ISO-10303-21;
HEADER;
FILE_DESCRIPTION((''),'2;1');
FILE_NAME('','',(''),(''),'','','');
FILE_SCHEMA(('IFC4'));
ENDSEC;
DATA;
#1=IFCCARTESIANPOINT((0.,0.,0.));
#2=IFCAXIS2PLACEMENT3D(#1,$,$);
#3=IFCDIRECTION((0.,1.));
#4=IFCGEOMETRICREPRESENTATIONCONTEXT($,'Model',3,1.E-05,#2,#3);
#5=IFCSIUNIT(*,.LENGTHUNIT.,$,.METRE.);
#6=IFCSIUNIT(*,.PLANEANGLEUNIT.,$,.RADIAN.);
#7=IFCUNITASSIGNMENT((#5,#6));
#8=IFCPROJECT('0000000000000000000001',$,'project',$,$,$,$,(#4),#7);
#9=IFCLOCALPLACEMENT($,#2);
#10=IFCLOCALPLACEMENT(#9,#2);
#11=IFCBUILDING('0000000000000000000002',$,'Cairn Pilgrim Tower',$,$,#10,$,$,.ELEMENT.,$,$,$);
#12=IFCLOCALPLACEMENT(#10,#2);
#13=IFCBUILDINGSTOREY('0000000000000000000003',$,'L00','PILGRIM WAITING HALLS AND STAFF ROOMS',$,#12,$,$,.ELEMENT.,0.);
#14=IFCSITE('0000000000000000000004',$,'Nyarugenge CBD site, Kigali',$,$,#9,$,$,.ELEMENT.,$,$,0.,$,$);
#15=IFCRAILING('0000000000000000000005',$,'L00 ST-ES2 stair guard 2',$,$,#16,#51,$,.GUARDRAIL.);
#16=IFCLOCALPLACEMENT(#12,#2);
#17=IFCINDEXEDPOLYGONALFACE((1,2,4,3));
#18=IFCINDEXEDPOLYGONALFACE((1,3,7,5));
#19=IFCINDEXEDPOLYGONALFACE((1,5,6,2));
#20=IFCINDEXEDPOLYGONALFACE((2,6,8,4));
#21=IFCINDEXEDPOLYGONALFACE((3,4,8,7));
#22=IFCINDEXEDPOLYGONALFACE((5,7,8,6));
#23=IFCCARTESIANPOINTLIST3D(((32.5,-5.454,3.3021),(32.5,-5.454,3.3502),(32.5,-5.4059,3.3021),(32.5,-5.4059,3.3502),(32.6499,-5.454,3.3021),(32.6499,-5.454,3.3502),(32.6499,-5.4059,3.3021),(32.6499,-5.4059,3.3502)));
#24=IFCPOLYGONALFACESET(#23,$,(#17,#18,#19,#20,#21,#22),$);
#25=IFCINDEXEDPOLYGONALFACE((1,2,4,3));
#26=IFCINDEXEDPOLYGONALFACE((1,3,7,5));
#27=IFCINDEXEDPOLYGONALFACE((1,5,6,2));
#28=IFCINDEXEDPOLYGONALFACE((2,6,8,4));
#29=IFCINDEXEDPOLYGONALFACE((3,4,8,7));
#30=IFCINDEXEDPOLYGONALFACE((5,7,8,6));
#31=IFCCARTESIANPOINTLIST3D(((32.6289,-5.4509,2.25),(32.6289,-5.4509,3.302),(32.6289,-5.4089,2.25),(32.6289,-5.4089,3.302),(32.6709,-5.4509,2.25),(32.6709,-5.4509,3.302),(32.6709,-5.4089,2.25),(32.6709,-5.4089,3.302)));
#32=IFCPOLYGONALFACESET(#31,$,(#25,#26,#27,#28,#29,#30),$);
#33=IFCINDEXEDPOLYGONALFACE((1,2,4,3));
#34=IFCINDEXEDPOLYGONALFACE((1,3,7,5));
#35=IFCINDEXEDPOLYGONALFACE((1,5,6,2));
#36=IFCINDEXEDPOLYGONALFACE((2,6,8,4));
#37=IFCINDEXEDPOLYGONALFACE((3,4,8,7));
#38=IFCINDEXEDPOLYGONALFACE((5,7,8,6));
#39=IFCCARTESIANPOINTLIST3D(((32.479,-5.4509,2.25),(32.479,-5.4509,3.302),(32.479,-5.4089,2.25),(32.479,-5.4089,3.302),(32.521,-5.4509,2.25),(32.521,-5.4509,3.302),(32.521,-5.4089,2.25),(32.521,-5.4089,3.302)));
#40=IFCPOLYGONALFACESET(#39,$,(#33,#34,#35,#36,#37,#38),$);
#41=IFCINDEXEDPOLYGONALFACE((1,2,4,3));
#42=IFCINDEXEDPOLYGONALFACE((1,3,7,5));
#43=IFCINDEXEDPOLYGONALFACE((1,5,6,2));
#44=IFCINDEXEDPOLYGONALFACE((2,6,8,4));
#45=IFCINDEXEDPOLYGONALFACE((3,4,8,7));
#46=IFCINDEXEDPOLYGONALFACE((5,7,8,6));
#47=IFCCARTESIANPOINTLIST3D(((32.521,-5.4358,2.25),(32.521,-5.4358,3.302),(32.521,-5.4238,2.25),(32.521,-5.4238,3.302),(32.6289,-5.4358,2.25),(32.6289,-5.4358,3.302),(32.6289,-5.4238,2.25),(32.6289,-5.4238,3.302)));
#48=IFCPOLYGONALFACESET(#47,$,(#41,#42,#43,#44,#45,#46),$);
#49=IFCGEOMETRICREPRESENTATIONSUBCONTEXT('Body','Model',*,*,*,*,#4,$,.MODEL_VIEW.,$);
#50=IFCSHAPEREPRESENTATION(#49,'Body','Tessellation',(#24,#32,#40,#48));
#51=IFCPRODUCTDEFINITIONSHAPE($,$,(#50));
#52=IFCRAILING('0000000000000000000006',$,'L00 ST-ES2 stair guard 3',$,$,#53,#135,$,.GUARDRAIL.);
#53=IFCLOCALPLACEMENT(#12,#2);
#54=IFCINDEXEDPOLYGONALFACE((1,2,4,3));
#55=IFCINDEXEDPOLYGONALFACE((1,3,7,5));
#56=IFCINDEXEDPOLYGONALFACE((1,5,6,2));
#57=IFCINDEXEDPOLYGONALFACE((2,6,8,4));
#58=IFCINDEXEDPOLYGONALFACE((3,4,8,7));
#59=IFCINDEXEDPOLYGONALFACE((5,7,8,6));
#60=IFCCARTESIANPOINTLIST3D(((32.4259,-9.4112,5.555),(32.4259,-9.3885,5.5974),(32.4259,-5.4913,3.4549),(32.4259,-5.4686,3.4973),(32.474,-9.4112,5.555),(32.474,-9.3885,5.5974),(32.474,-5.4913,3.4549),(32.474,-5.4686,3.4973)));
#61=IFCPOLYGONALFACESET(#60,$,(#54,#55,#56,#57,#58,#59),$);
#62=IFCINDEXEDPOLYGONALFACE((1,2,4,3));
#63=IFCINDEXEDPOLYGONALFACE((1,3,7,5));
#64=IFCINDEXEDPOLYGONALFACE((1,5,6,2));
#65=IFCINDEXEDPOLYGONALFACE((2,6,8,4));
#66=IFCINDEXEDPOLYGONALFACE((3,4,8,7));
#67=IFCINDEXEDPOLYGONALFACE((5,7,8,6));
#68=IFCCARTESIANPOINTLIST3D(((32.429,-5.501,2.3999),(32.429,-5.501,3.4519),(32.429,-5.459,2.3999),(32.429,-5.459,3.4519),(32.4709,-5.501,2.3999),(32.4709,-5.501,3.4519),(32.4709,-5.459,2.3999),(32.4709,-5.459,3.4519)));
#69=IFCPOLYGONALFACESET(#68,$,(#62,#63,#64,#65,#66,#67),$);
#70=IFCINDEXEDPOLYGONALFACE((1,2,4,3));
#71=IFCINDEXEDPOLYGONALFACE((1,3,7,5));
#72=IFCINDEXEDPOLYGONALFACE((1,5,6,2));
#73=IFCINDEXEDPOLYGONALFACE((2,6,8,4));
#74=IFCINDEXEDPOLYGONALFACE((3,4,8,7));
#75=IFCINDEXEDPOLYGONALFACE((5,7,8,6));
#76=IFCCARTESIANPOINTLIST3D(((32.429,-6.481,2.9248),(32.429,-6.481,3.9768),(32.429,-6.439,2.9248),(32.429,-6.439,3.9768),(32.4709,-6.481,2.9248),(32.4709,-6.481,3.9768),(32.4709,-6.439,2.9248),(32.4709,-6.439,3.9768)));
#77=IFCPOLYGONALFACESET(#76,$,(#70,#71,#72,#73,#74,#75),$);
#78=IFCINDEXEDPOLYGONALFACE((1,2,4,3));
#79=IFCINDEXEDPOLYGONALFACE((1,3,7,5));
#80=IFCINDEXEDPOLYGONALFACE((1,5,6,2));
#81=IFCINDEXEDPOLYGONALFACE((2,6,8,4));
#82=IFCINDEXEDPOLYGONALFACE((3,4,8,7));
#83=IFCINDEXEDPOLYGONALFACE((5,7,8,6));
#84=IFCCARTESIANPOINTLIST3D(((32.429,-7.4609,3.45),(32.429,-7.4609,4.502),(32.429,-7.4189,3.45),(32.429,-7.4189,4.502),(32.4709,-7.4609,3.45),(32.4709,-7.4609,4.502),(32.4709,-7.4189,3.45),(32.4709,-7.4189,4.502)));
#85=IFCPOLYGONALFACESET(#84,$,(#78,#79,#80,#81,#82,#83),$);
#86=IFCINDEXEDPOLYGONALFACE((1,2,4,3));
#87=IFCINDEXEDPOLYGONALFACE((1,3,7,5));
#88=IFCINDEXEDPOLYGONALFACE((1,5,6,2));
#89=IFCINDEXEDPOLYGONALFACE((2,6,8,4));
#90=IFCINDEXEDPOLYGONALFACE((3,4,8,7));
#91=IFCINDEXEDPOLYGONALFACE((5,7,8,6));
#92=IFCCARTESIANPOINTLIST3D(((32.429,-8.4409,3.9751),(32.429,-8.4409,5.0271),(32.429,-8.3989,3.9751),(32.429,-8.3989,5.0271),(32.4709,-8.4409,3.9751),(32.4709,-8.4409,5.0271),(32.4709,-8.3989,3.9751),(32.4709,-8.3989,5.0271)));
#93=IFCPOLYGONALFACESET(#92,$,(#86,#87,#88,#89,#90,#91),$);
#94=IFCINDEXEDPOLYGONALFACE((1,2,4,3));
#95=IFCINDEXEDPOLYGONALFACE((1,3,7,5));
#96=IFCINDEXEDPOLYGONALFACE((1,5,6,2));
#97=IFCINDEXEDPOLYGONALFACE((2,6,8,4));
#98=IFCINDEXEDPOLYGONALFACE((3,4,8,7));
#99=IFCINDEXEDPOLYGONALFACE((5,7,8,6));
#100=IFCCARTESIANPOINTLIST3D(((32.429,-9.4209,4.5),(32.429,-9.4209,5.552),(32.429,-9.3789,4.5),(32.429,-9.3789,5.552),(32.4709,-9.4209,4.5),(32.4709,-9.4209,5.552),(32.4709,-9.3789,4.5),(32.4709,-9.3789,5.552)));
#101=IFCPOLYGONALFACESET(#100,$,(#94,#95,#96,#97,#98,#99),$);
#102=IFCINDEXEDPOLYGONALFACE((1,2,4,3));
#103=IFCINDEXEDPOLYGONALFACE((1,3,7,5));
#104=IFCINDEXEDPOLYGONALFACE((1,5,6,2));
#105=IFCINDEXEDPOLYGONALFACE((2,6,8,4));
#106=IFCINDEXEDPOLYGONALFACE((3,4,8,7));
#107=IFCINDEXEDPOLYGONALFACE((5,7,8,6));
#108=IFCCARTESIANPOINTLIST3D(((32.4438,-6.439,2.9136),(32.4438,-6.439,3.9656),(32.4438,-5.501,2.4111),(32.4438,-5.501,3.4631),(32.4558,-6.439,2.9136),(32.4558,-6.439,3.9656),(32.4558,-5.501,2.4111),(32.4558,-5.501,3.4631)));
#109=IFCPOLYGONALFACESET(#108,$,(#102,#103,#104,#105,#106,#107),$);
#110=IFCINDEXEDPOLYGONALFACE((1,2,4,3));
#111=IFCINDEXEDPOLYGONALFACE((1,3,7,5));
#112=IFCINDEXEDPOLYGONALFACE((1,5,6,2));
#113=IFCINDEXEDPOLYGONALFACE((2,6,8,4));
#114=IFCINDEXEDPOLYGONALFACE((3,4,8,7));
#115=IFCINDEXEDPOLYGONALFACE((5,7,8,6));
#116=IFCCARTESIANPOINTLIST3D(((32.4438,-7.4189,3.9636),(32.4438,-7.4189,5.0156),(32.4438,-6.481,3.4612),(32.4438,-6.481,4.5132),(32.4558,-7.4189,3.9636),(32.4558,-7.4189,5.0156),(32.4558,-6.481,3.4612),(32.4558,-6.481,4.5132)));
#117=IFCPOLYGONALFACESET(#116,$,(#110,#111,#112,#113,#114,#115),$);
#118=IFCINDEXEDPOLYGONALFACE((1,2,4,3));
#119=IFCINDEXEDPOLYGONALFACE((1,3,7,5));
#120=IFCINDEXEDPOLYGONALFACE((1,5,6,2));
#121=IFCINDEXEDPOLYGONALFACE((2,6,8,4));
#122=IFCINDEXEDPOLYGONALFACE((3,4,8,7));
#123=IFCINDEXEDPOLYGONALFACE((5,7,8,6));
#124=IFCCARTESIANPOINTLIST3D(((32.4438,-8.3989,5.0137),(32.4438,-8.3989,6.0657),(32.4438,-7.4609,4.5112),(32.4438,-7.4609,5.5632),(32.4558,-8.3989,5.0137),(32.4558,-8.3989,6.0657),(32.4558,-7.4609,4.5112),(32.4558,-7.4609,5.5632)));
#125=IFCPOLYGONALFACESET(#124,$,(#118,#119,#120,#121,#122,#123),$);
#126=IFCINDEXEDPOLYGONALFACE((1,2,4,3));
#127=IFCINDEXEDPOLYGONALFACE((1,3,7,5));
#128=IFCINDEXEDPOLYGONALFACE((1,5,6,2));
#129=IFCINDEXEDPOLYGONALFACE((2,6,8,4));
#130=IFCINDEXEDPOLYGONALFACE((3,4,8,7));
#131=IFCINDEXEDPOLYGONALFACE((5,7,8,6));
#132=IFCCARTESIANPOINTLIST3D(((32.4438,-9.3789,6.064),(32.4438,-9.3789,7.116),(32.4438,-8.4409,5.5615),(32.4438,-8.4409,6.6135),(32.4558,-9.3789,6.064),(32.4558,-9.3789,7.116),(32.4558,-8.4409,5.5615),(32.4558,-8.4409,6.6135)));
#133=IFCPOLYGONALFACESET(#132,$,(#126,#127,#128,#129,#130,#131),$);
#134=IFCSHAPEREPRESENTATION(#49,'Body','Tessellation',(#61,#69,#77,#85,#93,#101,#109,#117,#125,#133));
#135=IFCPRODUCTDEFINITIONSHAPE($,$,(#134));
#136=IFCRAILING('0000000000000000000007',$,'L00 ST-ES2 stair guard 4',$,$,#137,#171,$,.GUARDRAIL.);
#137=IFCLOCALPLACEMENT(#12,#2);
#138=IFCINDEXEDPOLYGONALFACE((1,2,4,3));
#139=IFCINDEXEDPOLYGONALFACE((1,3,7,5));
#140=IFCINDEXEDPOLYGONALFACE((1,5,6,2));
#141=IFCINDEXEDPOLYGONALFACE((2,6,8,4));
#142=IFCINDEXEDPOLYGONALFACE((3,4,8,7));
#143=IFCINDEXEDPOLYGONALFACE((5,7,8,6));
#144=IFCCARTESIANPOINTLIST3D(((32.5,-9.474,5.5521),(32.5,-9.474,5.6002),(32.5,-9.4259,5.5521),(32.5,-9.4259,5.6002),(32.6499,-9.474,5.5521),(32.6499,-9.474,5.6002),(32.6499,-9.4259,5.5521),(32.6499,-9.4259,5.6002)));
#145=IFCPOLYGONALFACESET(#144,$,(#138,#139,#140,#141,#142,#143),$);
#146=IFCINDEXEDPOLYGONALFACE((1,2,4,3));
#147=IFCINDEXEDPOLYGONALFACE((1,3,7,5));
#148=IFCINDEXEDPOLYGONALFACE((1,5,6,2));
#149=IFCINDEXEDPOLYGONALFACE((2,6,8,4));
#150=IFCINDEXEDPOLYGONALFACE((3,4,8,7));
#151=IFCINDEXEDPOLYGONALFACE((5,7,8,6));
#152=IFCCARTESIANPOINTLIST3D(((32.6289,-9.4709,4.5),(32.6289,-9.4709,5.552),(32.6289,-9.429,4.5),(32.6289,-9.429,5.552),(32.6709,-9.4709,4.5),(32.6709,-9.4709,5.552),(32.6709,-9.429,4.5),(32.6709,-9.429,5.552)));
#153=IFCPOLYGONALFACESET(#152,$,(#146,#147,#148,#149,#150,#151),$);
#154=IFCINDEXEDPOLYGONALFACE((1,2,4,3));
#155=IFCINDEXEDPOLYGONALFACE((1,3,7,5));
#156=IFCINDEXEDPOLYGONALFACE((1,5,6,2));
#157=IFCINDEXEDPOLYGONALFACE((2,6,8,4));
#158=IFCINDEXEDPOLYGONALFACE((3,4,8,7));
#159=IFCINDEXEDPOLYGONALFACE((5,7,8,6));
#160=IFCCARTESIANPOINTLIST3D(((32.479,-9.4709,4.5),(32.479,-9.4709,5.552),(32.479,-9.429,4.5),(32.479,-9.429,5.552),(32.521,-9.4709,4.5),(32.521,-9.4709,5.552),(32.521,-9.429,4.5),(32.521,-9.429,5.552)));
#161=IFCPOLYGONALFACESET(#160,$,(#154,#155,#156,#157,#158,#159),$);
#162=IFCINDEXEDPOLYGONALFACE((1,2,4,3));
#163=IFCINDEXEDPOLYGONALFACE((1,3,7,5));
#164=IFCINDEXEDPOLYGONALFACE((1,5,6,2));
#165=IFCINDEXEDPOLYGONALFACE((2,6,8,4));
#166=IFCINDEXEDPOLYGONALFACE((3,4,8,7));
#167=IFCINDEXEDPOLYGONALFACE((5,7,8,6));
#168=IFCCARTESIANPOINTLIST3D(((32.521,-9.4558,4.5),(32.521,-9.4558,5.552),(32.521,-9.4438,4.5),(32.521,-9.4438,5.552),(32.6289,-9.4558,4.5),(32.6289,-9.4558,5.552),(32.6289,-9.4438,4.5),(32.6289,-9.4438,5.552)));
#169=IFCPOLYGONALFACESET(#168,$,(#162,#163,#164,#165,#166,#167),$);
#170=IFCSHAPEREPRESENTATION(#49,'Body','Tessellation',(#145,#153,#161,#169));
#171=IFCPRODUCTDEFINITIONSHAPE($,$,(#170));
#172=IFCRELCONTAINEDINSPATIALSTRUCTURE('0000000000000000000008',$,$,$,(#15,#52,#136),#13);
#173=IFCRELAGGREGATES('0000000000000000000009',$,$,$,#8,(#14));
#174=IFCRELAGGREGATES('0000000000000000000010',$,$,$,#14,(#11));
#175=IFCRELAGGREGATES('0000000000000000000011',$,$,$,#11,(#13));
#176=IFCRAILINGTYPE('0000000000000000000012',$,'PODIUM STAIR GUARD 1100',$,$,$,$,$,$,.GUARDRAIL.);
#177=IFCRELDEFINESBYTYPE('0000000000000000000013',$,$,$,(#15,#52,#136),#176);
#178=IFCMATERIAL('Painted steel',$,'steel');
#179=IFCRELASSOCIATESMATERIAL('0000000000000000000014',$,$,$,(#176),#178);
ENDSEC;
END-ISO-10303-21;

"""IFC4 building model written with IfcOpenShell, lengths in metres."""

from ifc_helpers import new_model, si_unit, direction, frame, origin, origin_2d, place, context, subcontext, project, spatial, polyline, rectangle, outline, extrude, material, type_object, element, save


model = new_model("IFC4")

# Units and contexts
model_context = context("Model", 3, precision=1e-05, world=origin(), true_north=direction((0.0, 1.0)))
body_context = subcontext(model_context, "Body", "Model", "MODEL_VIEW")
ifc_project = project(units=[si_unit("LENGTHUNIT", "METRE"), si_unit("PLANEANGLEUNIT", "RADIAN")], contexts=[model_context])

# Site, building, storey
site_placement = place(None, origin())
site = spatial("IfcSite", under=ifc_project, at=site_placement, Name="Nyarugenge CBD site, Kigali", CompositionType="ELEMENT", RefElevation=0.0)
building_placement = place(site_placement, origin())
building = spatial("IfcBuilding", under=site, at=building_placement, Name="Cairn Pilgrim Tower", CompositionType="ELEMENT")
storey_placement = place(building_placement, origin())
storey = spatial("IfcBuildingStorey", under=building, at=storey_placement, Name="L00", Description="PILGRIM WAITING HALLS AND STAFF ROOMS", CompositionType="ELEMENT", Elevation=0.0)

# Railings
ifc_material_1 = material(Name="Painted steel", Category="steel")
railing_type_1 = type_object("IfcRailingType", Name="PODIUM STAIR GUARD 1100", PredefinedType="GUARDRAIL", material=ifc_material_1)
railing_1_placement = place(storey_placement, frame((32.6499, -5.4299, 2.25)))
element("IfcRailing", 1, at=railing_1_placement, inside=storey, type_object=railing_type_1, Name="L00 ST-ES2 stair guard 2", PredefinedType="GUARDRAIL", context=body_context, shape_type="SweptSolid", body=[
    extrude(rectangle(XDim=0.0481, YDim=0.0481, at=origin_2d()), frame((0.0, 0.0, 1.0762), z_axis=(-1.0, 0.0, 0.0), x_axis=(0.0, -1.0, 0.0)), (0.0, 0.0, 1.0), 0.1499),
    extrude(rectangle(XDim=0.042, YDim=0.042, at=origin_2d()), origin(), (0.0, 0.0, 1.0), 1.052),
    extrude(rectangle(XDim=0.042, YDim=0.042, at=origin_2d()), frame((-0.1499, 0.0, 0.0)), (0.0, 0.0, 1.0), 1.052),
    extrude(outline(polyline([(0.021, 0.0), (0.1289, 0.0), (0.1289, 1.052), (0.021, 1.052), (0.021, 0.0)])), frame((0.0, -0.0059, 0.0), z_axis=(0.0, 1.0, 0.0), x_axis=(-1.0, 0.0, 0.0)), (0.0, 0.0, 1.0), 0.012),
])
railing_2_placement = place(storey_placement, frame((32.45, -5.48, 2.3999)))
element("IfcRailing", 2, at=railing_2_placement, inside=storey, type_object=railing_type_1, Name="L00 ST-ES2 stair guard 3", PredefinedType="GUARDRAIL", context=body_context, shape_type="SweptSolid", body=[
    extrude(rectangle(XDim=0.0481, YDim=0.0481, at=origin_2d()), frame((0.0, 0.0, 1.0762), z_axis=(0.0, -0.881467, 0.472246), x_axis=(1.0, 0.0, 0.0)), (0.0, 0.0, 1.0), 4.447),
    extrude(rectangle(XDim=0.042, YDim=0.042, at=origin_2d()), origin(), (0.0, 0.0, 1.0), 1.052),
    extrude(rectangle(XDim=0.042, YDim=0.042, at=origin_2d()), frame((0.0, -0.98, 0.5249)), (0.0, 0.0, 1.0), 1.052),
    extrude(rectangle(XDim=0.042, YDim=0.042, at=origin_2d()), frame((0.0, -1.96, 1.05)), (0.0, 0.0, 1.0), 1.052),
    extrude(rectangle(XDim=0.042, YDim=0.042, at=origin_2d()), frame((0.0, -2.9399, 1.5752)), (0.0, 0.0, 1.0), 1.052),
    extrude(rectangle(XDim=0.042, YDim=0.042, at=origin_2d()), frame((0.0, -3.9199, 2.1001)), (0.0, 0.0, 1.0), 1.052),
    extrude(outline(polyline([(0.021, 0.0112), (0.959, 0.5137), (0.959, 1.5657), (0.021, 1.0632), (0.021, 0.0112)])), frame((0.0059, 0.0, 0.0), z_axis=(-1.0, 0.0, 0.0), x_axis=(0.0, -1.0, 0.0)), (0.0, 0.0, 1.0), 0.012),
    extrude(outline(polyline([(0.021, 0.5364), (0.959, 1.0388), (0.959, 2.0908), (0.021, 1.5884), (0.021, 0.5364)])), frame((0.0059, -0.98, 0.5249), z_axis=(-1.0, 0.0, 0.0), x_axis=(0.0, -1.0, 0.0)), (0.0, 0.0, 1.0), 0.012),
    extrude(outline(polyline([(0.021, 1.0613), (0.959, 1.5637), (0.959, 2.6157), (0.021, 2.1133), (0.021, 1.0613)])), frame((0.0059, -1.96, 1.05), z_axis=(-1.0, 0.0, 0.0), x_axis=(0.0, -1.0, 0.0)), (0.0, 0.0, 1.0), 0.012),
    extrude(outline(polyline([(0.021, 1.5864), (0.959, 2.0889), (0.959, 3.1409), (0.021, 2.6384), (0.021, 1.5864)])), frame((0.0059, -2.9399, 1.5752), z_axis=(-1.0, 0.0, 0.0), x_axis=(0.0, -1.0, 0.0)), (0.0, 0.0, 1.0), 0.012),
])
railing_3_placement = place(storey_placement, frame((32.6499, -9.45, 4.5)))
element("IfcRailing", 3, at=railing_3_placement, inside=storey, type_object=railing_type_1, Name="L00 ST-ES2 stair guard 4", PredefinedType="GUARDRAIL", context=body_context, shape_type="SweptSolid", body=[
    extrude(rectangle(XDim=0.0481, YDim=0.0481, at=origin_2d()), frame((0.0, 0.0, 1.0762), z_axis=(-1.0, 0.0, 0.0), x_axis=(0.0, -1.0, 0.0)), (0.0, 0.0, 1.0), 0.1499),
    extrude(rectangle(XDim=0.042, YDim=0.042, at=origin_2d()), origin(), (0.0, 0.0, 1.0), 1.052),
    extrude(rectangle(XDim=0.042, YDim=0.042, at=origin_2d()), frame((-0.1499, 0.0, 0.0)), (0.0, 0.0, 1.0), 1.052),
    extrude(outline(polyline([(0.021, 0.0), (0.1289, 0.0), (0.1289, 1.052), (0.021, 1.052), (0.021, 0.0)])), frame((0.0, -0.0059, 0.0), z_axis=(0.0, 1.0, 0.0), x_axis=(-1.0, 0.0, 0.0)), (0.0, 0.0, 1.0), 0.012),
])

save(model, "model.ifc")
